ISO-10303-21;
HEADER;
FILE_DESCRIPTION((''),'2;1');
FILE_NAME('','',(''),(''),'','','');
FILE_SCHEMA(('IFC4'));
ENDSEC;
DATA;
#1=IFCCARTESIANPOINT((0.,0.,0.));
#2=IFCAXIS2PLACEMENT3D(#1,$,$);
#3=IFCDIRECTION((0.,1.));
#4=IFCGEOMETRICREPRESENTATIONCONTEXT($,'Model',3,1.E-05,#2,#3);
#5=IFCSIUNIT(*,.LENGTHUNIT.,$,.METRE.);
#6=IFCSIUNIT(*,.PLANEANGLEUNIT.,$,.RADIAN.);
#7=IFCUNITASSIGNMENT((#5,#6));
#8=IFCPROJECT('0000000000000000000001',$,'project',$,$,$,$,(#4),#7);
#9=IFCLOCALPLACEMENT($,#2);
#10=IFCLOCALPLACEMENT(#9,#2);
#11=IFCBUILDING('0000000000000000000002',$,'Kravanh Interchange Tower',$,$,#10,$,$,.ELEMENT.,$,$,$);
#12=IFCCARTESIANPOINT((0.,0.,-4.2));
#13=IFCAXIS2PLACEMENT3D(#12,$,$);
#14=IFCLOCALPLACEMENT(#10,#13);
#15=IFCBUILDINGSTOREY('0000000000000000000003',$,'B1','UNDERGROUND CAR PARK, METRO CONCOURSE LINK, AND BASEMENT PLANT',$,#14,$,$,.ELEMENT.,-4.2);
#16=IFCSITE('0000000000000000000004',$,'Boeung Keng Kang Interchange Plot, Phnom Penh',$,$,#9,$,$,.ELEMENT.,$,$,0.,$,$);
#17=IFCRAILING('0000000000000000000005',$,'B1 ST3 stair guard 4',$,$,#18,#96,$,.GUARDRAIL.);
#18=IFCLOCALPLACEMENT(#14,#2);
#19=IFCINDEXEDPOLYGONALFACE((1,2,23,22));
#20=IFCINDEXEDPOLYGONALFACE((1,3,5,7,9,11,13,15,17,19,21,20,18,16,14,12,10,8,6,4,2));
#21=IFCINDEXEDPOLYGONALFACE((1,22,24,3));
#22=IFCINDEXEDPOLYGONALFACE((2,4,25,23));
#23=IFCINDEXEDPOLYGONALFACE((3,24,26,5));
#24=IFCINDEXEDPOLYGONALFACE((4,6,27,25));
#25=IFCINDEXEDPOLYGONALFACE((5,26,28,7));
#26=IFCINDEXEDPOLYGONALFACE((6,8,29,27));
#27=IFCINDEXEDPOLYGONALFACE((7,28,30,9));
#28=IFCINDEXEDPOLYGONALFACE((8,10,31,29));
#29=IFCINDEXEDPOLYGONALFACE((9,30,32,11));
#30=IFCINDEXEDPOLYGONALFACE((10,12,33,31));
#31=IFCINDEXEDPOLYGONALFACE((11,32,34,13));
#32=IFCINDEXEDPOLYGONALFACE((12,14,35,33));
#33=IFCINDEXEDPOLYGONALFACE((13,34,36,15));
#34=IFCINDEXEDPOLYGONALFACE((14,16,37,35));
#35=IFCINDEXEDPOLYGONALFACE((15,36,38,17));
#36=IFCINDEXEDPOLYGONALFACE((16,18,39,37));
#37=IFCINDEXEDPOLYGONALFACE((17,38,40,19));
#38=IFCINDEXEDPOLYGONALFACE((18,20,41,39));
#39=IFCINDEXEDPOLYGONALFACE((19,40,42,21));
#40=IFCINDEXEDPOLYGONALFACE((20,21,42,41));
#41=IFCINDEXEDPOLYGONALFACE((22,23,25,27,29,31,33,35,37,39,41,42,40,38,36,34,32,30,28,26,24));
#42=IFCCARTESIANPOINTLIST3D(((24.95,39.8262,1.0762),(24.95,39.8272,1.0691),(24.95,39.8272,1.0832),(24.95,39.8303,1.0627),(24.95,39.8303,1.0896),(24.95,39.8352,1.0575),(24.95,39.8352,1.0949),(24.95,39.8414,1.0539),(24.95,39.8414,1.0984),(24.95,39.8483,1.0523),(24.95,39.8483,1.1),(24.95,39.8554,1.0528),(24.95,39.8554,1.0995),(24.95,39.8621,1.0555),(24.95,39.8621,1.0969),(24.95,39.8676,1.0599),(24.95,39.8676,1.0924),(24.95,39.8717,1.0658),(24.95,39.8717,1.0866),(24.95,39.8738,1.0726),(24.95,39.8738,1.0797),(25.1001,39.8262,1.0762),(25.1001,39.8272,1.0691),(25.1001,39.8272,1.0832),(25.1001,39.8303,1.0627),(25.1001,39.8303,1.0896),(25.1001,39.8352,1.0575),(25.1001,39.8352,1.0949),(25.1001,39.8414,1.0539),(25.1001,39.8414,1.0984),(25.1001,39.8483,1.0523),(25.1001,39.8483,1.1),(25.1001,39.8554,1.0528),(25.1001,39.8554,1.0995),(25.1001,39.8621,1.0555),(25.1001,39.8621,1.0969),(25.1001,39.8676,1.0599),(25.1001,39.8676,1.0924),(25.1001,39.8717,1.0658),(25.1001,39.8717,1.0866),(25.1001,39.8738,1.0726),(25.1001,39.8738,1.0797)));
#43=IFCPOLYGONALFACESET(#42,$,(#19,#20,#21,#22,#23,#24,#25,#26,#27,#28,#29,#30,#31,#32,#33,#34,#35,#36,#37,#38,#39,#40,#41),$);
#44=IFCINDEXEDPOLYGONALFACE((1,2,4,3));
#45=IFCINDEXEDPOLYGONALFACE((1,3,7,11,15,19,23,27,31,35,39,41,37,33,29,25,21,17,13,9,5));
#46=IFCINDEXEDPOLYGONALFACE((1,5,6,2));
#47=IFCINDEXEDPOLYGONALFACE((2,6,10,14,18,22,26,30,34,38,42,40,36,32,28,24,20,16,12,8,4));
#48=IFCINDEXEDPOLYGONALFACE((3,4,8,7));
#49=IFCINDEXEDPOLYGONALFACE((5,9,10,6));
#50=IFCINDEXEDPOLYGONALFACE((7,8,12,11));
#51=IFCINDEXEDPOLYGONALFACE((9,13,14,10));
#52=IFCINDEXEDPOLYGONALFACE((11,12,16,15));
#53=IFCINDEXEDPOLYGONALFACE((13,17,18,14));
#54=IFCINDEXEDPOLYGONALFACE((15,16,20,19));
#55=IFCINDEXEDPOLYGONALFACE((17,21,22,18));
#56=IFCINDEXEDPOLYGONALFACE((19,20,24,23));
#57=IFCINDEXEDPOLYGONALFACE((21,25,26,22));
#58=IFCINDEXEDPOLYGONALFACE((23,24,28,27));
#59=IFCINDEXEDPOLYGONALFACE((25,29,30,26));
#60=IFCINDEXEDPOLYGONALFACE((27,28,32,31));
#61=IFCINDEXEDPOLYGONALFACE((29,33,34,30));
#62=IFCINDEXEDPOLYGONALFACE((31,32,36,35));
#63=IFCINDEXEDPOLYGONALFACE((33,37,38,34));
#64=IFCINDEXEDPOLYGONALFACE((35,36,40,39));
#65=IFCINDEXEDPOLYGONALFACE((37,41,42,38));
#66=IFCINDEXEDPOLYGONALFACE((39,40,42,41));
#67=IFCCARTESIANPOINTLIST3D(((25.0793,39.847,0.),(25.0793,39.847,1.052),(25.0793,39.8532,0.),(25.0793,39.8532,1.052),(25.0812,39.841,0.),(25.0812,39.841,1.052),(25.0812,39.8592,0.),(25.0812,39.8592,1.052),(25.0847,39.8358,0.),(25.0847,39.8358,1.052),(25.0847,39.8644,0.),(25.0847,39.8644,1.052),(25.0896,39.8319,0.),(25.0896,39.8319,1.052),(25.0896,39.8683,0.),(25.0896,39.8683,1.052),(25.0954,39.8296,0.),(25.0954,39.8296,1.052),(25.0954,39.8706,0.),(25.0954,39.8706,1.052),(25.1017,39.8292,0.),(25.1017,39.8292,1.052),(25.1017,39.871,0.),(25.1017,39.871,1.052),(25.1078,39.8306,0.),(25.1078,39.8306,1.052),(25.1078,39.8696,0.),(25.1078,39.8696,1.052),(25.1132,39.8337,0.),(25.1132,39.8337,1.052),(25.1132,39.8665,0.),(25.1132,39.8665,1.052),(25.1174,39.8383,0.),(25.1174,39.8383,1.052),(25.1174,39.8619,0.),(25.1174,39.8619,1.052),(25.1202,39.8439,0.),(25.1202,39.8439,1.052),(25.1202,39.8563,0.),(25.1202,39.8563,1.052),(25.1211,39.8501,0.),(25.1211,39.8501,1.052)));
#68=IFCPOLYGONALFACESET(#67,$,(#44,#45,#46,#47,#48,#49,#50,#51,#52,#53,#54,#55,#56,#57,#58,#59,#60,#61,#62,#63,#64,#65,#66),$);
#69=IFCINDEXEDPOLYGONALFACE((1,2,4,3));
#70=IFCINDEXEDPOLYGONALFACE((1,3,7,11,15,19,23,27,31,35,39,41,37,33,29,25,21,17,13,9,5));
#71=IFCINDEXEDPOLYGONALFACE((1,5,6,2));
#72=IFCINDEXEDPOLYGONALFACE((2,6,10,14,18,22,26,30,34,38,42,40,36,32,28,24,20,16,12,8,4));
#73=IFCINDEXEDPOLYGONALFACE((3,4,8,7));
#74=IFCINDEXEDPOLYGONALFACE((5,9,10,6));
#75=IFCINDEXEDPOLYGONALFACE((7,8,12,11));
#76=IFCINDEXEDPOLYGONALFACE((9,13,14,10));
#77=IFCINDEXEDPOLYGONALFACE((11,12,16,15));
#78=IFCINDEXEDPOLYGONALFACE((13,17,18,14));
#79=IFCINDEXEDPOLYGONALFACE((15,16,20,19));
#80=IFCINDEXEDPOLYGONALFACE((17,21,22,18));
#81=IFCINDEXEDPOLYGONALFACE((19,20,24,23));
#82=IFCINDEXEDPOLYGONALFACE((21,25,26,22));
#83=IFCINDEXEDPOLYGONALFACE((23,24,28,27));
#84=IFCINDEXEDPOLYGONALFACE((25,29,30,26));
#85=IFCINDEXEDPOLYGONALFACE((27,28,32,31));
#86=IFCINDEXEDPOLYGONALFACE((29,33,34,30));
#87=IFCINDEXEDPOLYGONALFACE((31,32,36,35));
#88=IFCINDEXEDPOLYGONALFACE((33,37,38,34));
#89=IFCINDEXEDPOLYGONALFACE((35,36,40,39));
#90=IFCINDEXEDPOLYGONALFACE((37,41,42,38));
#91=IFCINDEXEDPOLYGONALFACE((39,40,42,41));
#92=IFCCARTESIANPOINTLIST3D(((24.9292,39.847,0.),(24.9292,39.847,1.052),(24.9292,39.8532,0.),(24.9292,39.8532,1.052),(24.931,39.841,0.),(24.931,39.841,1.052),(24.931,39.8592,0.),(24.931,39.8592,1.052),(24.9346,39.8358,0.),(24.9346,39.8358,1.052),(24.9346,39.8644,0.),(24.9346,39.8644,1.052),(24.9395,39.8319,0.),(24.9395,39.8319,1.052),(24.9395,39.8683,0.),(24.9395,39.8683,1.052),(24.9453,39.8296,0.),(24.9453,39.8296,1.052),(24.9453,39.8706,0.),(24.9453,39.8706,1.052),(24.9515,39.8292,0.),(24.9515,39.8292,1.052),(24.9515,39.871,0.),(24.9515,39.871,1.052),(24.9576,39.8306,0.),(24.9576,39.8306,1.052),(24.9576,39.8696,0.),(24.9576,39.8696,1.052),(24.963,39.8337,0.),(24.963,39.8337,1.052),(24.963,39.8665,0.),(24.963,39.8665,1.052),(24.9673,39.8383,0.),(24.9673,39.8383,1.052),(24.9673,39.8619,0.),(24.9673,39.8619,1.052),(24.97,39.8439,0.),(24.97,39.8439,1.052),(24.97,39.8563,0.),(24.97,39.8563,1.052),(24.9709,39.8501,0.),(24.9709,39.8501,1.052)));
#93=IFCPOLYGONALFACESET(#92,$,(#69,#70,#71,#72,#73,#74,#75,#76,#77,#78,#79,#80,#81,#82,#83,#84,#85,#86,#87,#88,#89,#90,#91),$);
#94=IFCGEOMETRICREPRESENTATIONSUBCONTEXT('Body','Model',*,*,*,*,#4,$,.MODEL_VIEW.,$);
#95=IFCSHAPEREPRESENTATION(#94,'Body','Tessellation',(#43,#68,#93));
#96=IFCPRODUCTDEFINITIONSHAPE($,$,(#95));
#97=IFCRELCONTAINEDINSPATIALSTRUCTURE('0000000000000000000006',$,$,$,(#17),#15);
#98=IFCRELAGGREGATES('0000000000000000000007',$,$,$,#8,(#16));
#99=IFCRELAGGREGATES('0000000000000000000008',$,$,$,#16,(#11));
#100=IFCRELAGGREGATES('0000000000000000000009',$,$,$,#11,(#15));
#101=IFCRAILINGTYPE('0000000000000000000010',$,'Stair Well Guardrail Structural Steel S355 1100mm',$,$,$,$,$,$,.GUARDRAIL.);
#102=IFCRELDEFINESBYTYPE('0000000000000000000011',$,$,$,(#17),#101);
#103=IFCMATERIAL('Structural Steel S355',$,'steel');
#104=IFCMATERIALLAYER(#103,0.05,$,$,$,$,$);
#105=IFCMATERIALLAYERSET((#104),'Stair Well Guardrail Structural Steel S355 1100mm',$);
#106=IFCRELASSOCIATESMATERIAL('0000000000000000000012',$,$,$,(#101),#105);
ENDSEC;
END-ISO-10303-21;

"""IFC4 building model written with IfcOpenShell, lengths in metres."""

from ifc_helpers import new_model, si_unit, direction, frame, origin, origin_2d, place, context, subcontext, project, spatial, circle, extrude, material, layer, layer_set, type_object, element, save


model = new_model("IFC4")

# Units and contexts
model_context = context("Model", 3, precision=1e-05, world=origin(), true_north=direction((0.0, 1.0)))
body_context = subcontext(model_context, "Body", "Model", "MODEL_VIEW")
ifc_project = project(units=[si_unit("LENGTHUNIT", "METRE"), si_unit("PLANEANGLEUNIT", "RADIAN")], contexts=[model_context])

# Site, building, storey
site_placement = place(None, origin())
site = spatial("IfcSite", under=ifc_project, at=site_placement, Name="Boeung Keng Kang Interchange Plot, Phnom Penh", CompositionType="ELEMENT", RefElevation=0.0)
building_placement = place(site_placement, origin())
building = spatial("IfcBuilding", under=site, at=building_placement, Name="Kravanh Interchange Tower", CompositionType="ELEMENT")
storey_placement = place(building_placement, frame((0.0, 0.0, -4.2)))
storey = spatial("IfcBuildingStorey", under=building, at=storey_placement, Name="B1", Description="UNDERGROUND CAR PARK, METRO CONCOURSE LINK, AND BASEMENT PLANT", CompositionType="ELEMENT", Elevation=-4.2)

# Railing
ifc_material_1 = material(Name="Structural Steel S355", Category="steel")
ifc_layer_1 = layer(ifc_material_1, 0.05)
ifc_layer_set_1 = layer_set([ifc_layer_1], Name="Stair Well Guardrail Structural Steel S355 1100mm")
railing_type_1 = type_object("IfcRailingType", Name="Stair Well Guardrail Structural Steel S355 1100mm", PredefinedType="GUARDRAIL", material=ifc_layer_set_1)
railing_1_placement = place(storey_placement, frame((25.1001, 39.8501, 0.0)))
element("IfcRailing", 1, at=railing_1_placement, inside=storey, type_object=railing_type_1, Name="B1 ST3 stair guard 4", PredefinedType="GUARDRAIL", context=body_context, shape_type="SweptSolid", body=[
    extrude(circle(Radius=0.0239, at=origin_2d()), frame((0.0, 0.0, 1.0762), z_axis=(-1.0, 0.0, 0.0), x_axis=(0.0, -1.0, 0.0)), (0.0, 0.0, 1.0), 0.1501),
    extrude(circle(Radius=0.021, at=origin_2d()), origin(), (0.0, 0.0, 1.0), 1.052),
    extrude(circle(Radius=0.021, at=origin_2d()), frame((-0.1501, 0.0, 0.0)), (0.0, 0.0, 1.0), 1.052),
])

save(model, "model.ifc")
